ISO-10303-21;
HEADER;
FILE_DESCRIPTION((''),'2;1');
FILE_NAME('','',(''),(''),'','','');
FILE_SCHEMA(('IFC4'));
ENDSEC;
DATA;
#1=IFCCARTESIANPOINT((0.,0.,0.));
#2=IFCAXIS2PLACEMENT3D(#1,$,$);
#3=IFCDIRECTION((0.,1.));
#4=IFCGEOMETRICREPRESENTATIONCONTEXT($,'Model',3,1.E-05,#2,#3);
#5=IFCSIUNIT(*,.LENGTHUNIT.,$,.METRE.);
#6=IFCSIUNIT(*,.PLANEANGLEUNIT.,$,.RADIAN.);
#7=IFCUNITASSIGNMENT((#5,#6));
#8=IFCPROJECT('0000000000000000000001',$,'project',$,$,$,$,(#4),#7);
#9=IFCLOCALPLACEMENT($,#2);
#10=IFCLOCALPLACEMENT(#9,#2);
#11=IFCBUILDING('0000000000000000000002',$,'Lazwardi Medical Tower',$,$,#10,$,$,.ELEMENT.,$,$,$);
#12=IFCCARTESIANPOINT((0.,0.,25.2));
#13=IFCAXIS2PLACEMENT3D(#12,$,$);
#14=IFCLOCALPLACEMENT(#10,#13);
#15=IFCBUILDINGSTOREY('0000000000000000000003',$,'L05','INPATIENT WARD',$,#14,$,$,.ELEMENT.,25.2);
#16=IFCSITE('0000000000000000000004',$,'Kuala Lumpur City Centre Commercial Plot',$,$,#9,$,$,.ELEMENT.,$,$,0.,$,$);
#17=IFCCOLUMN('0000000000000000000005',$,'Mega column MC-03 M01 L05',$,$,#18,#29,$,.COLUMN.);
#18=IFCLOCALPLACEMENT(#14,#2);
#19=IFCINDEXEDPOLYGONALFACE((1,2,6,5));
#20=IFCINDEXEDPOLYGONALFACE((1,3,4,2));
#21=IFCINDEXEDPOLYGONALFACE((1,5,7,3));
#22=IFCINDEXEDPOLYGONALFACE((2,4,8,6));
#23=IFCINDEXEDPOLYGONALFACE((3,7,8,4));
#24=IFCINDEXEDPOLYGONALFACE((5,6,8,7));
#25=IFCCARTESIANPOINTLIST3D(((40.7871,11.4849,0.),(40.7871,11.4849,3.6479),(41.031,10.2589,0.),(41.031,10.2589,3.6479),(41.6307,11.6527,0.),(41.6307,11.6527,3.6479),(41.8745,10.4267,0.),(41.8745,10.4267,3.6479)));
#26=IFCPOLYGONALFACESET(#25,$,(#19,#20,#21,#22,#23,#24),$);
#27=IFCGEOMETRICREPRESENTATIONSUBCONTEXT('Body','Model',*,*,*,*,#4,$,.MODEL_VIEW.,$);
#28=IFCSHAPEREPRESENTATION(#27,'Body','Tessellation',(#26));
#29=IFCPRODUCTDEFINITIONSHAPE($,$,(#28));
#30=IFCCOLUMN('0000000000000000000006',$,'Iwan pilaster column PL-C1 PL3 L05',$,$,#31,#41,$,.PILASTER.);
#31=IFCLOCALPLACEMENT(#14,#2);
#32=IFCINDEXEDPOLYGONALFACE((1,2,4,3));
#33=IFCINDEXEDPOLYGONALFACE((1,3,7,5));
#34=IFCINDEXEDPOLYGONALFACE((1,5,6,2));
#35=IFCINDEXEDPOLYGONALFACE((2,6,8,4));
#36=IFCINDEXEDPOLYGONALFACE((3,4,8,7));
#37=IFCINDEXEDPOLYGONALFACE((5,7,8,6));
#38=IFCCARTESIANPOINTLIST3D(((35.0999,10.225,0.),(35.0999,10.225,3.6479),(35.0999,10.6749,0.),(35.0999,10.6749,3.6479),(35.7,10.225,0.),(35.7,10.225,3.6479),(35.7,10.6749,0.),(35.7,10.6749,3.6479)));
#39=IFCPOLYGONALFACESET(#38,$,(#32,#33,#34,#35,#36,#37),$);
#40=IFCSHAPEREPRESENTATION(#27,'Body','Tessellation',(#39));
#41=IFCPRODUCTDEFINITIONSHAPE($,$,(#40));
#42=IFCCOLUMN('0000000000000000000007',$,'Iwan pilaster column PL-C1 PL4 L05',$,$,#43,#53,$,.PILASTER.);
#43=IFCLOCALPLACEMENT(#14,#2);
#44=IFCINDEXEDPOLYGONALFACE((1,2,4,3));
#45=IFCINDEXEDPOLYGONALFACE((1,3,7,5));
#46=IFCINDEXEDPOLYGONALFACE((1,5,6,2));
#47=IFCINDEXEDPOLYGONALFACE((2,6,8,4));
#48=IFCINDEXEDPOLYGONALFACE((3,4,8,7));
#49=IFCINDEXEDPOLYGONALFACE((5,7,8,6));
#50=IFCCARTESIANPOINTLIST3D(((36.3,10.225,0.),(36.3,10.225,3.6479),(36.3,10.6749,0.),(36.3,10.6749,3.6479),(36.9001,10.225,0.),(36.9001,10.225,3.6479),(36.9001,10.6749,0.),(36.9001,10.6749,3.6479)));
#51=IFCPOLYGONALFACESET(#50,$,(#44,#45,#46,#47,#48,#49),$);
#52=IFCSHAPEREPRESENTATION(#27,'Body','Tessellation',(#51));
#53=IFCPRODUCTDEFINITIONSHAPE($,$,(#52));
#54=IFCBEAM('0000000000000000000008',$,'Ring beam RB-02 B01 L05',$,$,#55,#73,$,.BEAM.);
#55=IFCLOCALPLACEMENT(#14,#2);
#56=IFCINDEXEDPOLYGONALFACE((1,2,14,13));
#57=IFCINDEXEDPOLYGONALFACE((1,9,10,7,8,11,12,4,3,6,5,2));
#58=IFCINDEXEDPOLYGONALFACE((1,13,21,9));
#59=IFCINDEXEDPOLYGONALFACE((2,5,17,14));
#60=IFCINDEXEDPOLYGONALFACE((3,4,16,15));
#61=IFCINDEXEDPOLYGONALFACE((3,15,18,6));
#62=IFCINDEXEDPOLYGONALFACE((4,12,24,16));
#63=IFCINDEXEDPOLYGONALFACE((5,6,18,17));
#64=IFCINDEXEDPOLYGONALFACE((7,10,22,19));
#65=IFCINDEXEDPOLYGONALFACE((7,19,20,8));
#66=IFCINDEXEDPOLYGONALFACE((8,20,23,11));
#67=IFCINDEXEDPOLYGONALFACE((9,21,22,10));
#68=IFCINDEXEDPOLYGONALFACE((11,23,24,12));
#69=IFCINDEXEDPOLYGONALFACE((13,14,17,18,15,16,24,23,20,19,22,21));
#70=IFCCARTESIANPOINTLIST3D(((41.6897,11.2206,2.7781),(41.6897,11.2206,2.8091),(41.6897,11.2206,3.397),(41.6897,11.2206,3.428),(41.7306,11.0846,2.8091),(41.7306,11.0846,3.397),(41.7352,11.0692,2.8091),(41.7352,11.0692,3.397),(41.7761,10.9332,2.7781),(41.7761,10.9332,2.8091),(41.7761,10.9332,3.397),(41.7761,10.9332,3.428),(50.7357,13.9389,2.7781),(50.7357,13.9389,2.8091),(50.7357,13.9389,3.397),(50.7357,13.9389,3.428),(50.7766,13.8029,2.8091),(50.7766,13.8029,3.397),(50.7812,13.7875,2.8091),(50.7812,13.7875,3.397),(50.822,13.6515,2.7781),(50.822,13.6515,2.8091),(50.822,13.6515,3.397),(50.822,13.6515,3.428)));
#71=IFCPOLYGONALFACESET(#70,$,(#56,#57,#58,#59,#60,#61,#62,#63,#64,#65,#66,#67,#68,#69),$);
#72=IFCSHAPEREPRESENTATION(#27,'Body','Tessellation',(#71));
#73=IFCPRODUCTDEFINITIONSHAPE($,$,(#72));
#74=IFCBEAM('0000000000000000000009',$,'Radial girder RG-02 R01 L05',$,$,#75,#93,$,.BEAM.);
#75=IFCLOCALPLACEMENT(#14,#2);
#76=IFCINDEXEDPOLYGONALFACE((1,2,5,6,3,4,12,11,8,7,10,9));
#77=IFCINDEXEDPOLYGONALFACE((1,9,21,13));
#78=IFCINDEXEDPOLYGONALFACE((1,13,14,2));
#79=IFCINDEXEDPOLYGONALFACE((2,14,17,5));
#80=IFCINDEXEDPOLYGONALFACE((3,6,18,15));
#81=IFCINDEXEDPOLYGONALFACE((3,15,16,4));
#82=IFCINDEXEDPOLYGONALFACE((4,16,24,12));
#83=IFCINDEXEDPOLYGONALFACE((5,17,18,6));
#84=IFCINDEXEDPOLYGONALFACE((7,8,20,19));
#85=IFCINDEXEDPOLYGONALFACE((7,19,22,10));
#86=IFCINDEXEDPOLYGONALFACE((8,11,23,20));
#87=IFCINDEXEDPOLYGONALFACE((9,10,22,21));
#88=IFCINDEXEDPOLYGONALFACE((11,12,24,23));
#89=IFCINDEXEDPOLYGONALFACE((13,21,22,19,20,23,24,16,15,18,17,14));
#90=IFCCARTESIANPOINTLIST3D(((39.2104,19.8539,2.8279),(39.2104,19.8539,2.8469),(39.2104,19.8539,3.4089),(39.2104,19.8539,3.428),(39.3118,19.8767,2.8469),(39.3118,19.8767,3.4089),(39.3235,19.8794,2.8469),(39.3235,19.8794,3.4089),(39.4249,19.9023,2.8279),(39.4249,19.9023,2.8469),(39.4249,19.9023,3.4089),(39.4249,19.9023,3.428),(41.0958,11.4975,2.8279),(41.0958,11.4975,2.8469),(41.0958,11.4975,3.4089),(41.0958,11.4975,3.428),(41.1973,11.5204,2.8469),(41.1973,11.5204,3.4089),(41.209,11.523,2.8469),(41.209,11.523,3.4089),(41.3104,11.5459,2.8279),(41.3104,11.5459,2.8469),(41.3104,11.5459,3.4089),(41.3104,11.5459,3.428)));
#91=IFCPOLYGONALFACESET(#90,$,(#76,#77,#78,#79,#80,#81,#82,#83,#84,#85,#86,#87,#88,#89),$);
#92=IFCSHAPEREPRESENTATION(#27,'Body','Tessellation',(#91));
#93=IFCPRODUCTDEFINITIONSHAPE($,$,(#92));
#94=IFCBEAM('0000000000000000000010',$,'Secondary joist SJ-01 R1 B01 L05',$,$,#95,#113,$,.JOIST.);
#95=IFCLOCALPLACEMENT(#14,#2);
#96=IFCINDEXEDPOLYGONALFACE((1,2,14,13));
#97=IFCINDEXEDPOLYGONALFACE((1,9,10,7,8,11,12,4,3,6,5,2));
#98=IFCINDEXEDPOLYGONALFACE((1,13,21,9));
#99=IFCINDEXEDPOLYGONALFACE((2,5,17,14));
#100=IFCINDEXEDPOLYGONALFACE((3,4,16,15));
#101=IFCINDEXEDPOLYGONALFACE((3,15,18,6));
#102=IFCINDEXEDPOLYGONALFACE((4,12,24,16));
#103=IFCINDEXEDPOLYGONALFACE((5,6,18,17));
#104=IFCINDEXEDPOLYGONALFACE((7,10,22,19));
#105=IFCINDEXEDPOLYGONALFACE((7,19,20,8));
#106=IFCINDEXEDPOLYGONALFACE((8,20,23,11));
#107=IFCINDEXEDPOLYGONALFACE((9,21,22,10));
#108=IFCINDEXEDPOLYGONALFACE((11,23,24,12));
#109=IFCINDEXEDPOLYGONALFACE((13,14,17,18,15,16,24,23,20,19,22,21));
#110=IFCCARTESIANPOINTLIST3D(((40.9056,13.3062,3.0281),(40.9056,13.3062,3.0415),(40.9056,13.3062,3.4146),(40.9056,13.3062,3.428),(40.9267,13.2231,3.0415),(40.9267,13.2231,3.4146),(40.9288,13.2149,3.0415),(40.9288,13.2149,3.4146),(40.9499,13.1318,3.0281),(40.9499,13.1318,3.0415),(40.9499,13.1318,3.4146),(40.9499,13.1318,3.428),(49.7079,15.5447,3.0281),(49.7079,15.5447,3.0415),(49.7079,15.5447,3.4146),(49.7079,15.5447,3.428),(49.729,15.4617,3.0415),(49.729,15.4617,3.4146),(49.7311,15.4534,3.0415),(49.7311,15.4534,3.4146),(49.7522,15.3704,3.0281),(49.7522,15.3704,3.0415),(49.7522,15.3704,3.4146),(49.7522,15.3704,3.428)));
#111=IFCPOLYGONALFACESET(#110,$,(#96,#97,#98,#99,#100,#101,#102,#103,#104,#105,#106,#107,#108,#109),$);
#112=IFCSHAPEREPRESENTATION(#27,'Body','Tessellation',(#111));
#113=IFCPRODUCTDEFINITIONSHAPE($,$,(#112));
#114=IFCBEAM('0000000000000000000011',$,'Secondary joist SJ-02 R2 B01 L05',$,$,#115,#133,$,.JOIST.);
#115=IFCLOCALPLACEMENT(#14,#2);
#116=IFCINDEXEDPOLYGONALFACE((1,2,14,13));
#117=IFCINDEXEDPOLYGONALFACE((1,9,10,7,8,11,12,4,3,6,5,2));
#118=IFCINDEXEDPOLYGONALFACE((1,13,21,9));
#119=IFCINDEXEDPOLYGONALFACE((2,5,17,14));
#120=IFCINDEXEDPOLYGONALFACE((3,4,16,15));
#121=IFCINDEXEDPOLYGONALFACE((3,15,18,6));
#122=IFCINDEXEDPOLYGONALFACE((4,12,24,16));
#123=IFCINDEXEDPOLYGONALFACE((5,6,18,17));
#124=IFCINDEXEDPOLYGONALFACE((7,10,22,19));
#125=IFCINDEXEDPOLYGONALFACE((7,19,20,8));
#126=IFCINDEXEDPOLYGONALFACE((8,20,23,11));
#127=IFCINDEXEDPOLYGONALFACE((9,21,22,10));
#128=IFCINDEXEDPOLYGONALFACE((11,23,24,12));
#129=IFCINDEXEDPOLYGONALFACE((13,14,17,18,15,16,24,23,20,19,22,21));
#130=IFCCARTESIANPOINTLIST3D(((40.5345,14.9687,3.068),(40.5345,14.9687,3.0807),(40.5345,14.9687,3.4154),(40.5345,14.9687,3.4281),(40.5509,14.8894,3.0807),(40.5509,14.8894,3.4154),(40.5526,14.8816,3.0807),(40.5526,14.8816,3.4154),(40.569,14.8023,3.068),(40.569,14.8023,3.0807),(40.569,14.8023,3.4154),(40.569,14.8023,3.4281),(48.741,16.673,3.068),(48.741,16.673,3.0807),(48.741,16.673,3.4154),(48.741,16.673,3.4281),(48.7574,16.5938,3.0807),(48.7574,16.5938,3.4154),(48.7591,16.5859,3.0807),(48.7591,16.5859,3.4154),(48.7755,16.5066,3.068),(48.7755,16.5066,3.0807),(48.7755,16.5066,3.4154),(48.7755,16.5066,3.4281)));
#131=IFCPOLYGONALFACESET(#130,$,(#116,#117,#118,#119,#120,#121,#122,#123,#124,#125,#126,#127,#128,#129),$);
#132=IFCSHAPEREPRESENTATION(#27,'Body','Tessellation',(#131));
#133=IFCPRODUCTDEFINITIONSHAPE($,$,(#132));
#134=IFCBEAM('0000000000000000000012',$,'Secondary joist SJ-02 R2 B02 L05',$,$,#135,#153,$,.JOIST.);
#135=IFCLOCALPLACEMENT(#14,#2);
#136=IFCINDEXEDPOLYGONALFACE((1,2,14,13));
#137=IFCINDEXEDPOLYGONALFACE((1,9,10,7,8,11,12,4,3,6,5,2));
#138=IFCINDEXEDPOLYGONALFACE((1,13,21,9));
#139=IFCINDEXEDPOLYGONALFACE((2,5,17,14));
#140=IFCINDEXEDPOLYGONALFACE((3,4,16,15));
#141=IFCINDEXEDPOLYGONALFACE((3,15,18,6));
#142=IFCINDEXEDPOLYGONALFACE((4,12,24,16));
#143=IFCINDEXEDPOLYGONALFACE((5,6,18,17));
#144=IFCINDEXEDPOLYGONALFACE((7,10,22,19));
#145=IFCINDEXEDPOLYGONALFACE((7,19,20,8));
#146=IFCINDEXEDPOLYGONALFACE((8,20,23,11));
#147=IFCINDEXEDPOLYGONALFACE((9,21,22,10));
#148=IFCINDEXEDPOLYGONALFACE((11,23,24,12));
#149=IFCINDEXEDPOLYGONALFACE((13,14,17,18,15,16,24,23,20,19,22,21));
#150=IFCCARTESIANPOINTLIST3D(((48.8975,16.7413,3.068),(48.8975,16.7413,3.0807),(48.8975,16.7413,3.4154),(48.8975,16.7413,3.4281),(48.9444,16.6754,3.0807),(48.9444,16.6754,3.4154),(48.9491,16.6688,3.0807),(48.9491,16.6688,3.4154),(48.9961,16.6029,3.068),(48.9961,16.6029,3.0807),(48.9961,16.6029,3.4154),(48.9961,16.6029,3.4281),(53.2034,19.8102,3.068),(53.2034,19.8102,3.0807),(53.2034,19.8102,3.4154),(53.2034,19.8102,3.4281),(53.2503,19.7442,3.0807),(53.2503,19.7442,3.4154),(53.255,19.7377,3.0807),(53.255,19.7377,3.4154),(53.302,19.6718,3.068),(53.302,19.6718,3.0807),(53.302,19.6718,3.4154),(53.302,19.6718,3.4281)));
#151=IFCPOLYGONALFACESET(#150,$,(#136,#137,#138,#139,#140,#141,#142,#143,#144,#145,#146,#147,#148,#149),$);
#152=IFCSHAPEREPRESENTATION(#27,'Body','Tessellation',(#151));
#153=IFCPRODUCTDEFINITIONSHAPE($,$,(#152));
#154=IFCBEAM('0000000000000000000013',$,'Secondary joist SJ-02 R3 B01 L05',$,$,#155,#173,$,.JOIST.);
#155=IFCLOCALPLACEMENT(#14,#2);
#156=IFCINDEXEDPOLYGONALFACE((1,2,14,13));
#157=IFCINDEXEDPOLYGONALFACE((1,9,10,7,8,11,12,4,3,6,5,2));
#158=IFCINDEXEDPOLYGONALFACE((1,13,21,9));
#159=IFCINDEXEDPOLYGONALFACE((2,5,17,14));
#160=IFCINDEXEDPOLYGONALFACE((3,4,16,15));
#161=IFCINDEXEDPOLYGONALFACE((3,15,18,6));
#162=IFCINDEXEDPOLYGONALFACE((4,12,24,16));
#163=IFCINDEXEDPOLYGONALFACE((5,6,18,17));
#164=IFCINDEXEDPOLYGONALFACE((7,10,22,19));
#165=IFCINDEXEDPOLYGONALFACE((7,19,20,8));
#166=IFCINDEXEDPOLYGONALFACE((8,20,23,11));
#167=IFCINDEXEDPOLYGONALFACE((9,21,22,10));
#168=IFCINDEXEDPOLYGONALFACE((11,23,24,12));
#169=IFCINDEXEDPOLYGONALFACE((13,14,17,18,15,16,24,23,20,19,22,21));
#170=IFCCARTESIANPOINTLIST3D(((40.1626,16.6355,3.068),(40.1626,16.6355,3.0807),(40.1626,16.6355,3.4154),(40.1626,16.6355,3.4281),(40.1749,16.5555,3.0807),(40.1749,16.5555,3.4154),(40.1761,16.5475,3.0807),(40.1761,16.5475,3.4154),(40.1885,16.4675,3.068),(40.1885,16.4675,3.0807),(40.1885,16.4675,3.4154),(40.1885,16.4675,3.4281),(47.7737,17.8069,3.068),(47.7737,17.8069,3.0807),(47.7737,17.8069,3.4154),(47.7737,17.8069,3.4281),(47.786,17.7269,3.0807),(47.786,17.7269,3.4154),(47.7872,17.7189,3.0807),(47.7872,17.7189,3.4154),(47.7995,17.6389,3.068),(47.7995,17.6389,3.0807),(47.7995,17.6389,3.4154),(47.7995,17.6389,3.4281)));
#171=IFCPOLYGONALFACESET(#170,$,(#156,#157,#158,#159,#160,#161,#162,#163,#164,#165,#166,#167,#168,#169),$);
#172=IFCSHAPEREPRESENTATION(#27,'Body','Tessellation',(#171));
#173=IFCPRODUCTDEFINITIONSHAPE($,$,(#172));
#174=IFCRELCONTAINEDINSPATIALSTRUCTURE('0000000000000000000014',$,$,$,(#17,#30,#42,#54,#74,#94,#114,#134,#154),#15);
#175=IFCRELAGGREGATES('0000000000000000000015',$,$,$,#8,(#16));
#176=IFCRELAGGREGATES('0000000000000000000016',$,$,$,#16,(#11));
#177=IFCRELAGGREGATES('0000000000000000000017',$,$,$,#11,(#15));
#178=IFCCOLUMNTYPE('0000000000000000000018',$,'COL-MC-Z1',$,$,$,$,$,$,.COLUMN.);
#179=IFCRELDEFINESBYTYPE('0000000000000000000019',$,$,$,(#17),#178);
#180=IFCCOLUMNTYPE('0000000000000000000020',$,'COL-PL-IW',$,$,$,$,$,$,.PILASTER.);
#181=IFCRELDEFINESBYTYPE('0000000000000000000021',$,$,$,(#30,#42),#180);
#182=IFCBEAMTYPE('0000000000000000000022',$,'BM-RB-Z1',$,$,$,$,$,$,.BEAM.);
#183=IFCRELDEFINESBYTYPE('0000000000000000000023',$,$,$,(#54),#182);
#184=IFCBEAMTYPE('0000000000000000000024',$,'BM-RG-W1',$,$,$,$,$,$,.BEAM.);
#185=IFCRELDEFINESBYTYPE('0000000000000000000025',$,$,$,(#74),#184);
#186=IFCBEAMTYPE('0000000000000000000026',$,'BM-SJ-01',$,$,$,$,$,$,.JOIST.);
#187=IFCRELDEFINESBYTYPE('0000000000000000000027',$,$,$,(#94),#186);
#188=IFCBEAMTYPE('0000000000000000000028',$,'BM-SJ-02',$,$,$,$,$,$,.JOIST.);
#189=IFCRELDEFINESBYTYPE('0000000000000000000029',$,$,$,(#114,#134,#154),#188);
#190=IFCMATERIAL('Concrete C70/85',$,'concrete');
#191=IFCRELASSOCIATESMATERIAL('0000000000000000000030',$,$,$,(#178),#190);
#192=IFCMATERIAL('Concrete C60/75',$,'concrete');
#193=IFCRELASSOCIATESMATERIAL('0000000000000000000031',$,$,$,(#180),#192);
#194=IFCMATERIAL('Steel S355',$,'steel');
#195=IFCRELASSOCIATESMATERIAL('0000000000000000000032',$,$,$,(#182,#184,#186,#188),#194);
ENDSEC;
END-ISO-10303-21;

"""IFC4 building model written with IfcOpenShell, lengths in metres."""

from ifc_helpers import new_model, si_unit, direction, frame, origin, origin_2d, place, context, subcontext, project, spatial, rectangle, i_section, extrude, material, material_profile, profile_set, type_object, element, save


model = new_model("IFC4")

# Units and contexts
model_context = context("Model", 3, precision=1e-05, world=origin(), true_north=direction((0.0, 1.0)))
body_context = subcontext(model_context, "Body", "Model", "MODEL_VIEW")
ifc_project = project(units=[si_unit("LENGTHUNIT", "METRE"), si_unit("PLANEANGLEUNIT", "RADIAN")], contexts=[model_context])

# Site, building, storey
site_placement = place(None, origin())
site = spatial("IfcSite", under=ifc_project, at=site_placement, Name="Kuala Lumpur City Centre Commercial Plot", CompositionType="ELEMENT", RefElevation=0.0)
building_placement = place(site_placement, origin())
building = spatial("IfcBuilding", under=site, at=building_placement, Name="Lazwardi Medical Tower", CompositionType="ELEMENT")
storey_placement = place(building_placement, frame((0.0, 0.0, 25.2)))
storey = spatial("IfcBuildingStorey", under=building, at=storey_placement, Name="L05", Description="INPATIENT WARD", CompositionType="ELEMENT", Elevation=25.2)

# Columns
ifc_material_1 = material(Name="Concrete C70/85", Category="concrete")
ifc_material_profile_1 = material_profile(ifc_material_1, rectangle(XDim=1.25, YDim=0.8601, at=origin_2d()), Name="CFT-RECT 1250x860")
ifc_profile_set_1 = profile_set([ifc_material_profile_1], Name="Concrete C70/85")
column_type_1 = type_object("IfcColumnType", Name="COL-MC-Z1", PredefinedType="COLUMN", material=ifc_profile_set_1)
column_placement = place(storey_placement, frame((41.3308, 10.9558, 0.0), z_axis=(0.0, 0.0, 1.0), x_axis=(0.19509, -0.980785, 0.0)))
element("IfcColumn", 1, at=column_placement, inside=storey, type_object=column_type_1, Name="Mega column MC-03 M01 L05", PredefinedType="COLUMN", context=body_context, shape_type="SweptSolid", body=[
    extrude(rectangle(XDim=1.25, YDim=0.8601, at=origin_2d()), origin(), (0.0, 0.0, 1.0), 3.6479),
])
ifc_material_2 = material(Name="Concrete C60/75", Category="concrete")
ifc_material_profile_2 = material_profile(ifc_material_2, rectangle(XDim=0.6001, YDim=0.45, at=origin_2d()), Name="RC 600x450")
ifc_profile_set_2 = profile_set([ifc_material_profile_2], Name="Concrete C60/75")
column_type_2 = type_object("IfcColumnType", Name="COL-PL-IW", PredefinedType="PILASTER", material=ifc_profile_set_2)
for number, where, z_axis, x_axis, name in (
    (2, (35.3999, 10.45, 0.0), (0.0, 0.0, 1.0), (1.0, 0.0, 0.0), "Iwan pilaster column PL-C1 PL3 L05"),
    (3, (36.6001, 10.45, 0.0), (0.0, 0.0, 1.0), (1.0, 0.0, 0.0), "Iwan pilaster column PL-C1 PL4 L05"),
):
    element("IfcColumn", number, at=place(storey_placement, frame(where, z_axis=z_axis, x_axis=x_axis)), inside=storey, type_object=column_type_2, Name=name, PredefinedType="PILASTER", context=body_context, shape_type="SweptSolid", body=[
        extrude(rectangle(XDim=0.6001, YDim=0.45, at=origin_2d()), origin(), (0.0, 0.0, 1.0), 3.6479),
    ])

# Beams
ifc_material_3 = material(Name="Steel S355", Category="steel")
ifc_material_profile_3 = material_profile(ifc_material_3, i_section(OverallWidth=0.3, OverallDepth=0.6499, WebThickness=0.0161, FlangeThickness=0.031, at=origin_2d()), Name="HEB 650")
ifc_profile_set_3 = profile_set([ifc_material_profile_3], Name="Steel S355")
beam_type_1 = type_object("IfcBeamType", Name="BM-RB-Z1", PredefinedType="BEAM", material=ifc_profile_set_3)
beam_1_placement = place(storey_placement, frame((41.7329, 11.0769, 3.103), z_axis=(0.957695, 0.287784, 0.0), x_axis=(-0.287784, 0.957695, 0.0)))
element("IfcBeam", 4, at=beam_1_placement, inside=storey, type_object=beam_type_1, Name="Ring beam RB-02 B01 L05", PredefinedType="BEAM", context=body_context, shape_type="SweptSolid", body=[
    extrude(i_section(OverallWidth=0.3, OverallDepth=0.6499, WebThickness=0.0161, FlangeThickness=0.031, at=origin_2d()), origin(), (0.0, 0.0, 1.0), 9.4456),
])
ifc_material_profile_4 = material_profile(ifc_material_3, i_section(OverallWidth=0.22, OverallDepth=0.6001, WebThickness=0.012, FlangeThickness=0.019, at=origin_2d()), Name="IPE 600")
ifc_profile_set_4 = profile_set([ifc_material_profile_4], Name="Steel S355")
beam_type_2 = type_object("IfcBeamType", Name="BM-RG-W1", PredefinedType="BEAM", material=ifc_profile_set_4)
beam_2_placement = place(storey_placement, frame((41.2031, 11.5217, 3.1279), z_axis=(-0.220101, 0.975477, 0.0), x_axis=(-0.975477, -0.220101, 0.0)))
element("IfcBeam", 5, at=beam_2_placement, inside=storey, type_object=beam_type_2, Name="Radial girder RG-02 R01 L05", PredefinedType="BEAM", context=body_context, shape_type="SweptSolid", body=[
    extrude(i_section(OverallWidth=0.22, OverallDepth=0.6001, WebThickness=0.012, FlangeThickness=0.019, at=origin_2d()), origin(), (0.0, 0.0, 1.0), 8.5664),
])
ifc_material_profile_5 = material_profile(ifc_material_3, i_section(OverallWidth=0.1799, OverallDepth=0.3999, WebThickness=0.0085, FlangeThickness=0.0134, at=origin_2d()), Name="IPE 400")
ifc_profile_set_5 = profile_set([ifc_material_profile_5], Name="Steel S355")
beam_type_3 = type_object("IfcBeamType", Name="BM-SJ-01", PredefinedType="JOIST", material=ifc_profile_set_5)
beam_3_placement = place(storey_placement, frame((40.9277, 13.219, 3.228), z_axis=(0.969151, 0.246468, 0.0), x_axis=(-0.246468, 0.969151, 0.0)))
element("IfcBeam", 6, at=beam_3_placement, inside=storey, type_object=beam_type_3, Name="Secondary joist SJ-01 R1 B01 L05", PredefinedType="JOIST", context=body_context, shape_type="SweptSolid", body=[
    extrude(i_section(OverallWidth=0.1799, OverallDepth=0.3999, WebThickness=0.0085, FlangeThickness=0.0134, at=origin_2d()), origin(), (0.0, 0.0, 1.0), 9.0825),
])
ifc_material_profile_6 = material_profile(ifc_material_3, i_section(OverallWidth=0.1699, OverallDepth=0.3601, WebThickness=0.0081, FlangeThickness=0.0127, at=origin_2d()), Name="IPE 360")
ifc_profile_set_6 = profile_set([ifc_material_profile_6], Name="Steel S355")
beam_type_4 = type_object("IfcBeamType", Name="BM-SJ-02", PredefinedType="JOIST", material=ifc_profile_set_6)
beam_4_placement = place(storey_placement, frame((40.5518, 14.8855, 3.248), z_axis=(0.979108, 0.203342, 0.0), x_axis=(-0.203342, 0.979108, 0.0)))
element("IfcBeam", 7, at=beam_4_placement, inside=storey, type_object=beam_type_4, Name="Secondary joist SJ-02 R2 B01 L05", PredefinedType="JOIST", context=body_context, shape_type="SweptSolid", body=[
    extrude(i_section(OverallWidth=0.1699, OverallDepth=0.3601, WebThickness=0.0081, FlangeThickness=0.0127, at=origin_2d()), origin(), (0.0, 0.0, 1.0), 8.3816),
])
beam_5_placement = place(storey_placement, frame((48.9468, 16.6721, 3.248), z_axis=(0.814341, 0.580386, 0.0), x_axis=(-0.580386, 0.814341, 0.0)))
element("IfcBeam", 8, at=beam_5_placement, inside=storey, type_object=beam_type_4, Name="Secondary joist SJ-02 R2 B02 L05", PredefinedType="JOIST", context=body_context, shape_type="SweptSolid", body=[
    extrude(i_section(OverallWidth=0.1699, OverallDepth=0.3601, WebThickness=0.0081, FlangeThickness=0.0127, at=origin_2d()), origin(), (0.0, 0.0, 1.0), 5.2876),
])
beam_6_placement = place(storey_placement, frame((40.1755, 16.5515, 3.248), z_axis=(0.988363, 0.152114, 0.0), x_axis=(-0.152114, 0.988363, 0.0)))
element("IfcBeam", 9, at=beam_6_placement, inside=storey, type_object=beam_type_4, Name="Secondary joist SJ-02 R3 B01 L05", PredefinedType="JOIST", context=body_context, shape_type="SweptSolid", body=[
    extrude(i_section(OverallWidth=0.1699, OverallDepth=0.3601, WebThickness=0.0081, FlangeThickness=0.0127, at=origin_2d()), origin(), (0.0, 0.0, 1.0), 7.7007),
])

save(model, "model.ifc")
